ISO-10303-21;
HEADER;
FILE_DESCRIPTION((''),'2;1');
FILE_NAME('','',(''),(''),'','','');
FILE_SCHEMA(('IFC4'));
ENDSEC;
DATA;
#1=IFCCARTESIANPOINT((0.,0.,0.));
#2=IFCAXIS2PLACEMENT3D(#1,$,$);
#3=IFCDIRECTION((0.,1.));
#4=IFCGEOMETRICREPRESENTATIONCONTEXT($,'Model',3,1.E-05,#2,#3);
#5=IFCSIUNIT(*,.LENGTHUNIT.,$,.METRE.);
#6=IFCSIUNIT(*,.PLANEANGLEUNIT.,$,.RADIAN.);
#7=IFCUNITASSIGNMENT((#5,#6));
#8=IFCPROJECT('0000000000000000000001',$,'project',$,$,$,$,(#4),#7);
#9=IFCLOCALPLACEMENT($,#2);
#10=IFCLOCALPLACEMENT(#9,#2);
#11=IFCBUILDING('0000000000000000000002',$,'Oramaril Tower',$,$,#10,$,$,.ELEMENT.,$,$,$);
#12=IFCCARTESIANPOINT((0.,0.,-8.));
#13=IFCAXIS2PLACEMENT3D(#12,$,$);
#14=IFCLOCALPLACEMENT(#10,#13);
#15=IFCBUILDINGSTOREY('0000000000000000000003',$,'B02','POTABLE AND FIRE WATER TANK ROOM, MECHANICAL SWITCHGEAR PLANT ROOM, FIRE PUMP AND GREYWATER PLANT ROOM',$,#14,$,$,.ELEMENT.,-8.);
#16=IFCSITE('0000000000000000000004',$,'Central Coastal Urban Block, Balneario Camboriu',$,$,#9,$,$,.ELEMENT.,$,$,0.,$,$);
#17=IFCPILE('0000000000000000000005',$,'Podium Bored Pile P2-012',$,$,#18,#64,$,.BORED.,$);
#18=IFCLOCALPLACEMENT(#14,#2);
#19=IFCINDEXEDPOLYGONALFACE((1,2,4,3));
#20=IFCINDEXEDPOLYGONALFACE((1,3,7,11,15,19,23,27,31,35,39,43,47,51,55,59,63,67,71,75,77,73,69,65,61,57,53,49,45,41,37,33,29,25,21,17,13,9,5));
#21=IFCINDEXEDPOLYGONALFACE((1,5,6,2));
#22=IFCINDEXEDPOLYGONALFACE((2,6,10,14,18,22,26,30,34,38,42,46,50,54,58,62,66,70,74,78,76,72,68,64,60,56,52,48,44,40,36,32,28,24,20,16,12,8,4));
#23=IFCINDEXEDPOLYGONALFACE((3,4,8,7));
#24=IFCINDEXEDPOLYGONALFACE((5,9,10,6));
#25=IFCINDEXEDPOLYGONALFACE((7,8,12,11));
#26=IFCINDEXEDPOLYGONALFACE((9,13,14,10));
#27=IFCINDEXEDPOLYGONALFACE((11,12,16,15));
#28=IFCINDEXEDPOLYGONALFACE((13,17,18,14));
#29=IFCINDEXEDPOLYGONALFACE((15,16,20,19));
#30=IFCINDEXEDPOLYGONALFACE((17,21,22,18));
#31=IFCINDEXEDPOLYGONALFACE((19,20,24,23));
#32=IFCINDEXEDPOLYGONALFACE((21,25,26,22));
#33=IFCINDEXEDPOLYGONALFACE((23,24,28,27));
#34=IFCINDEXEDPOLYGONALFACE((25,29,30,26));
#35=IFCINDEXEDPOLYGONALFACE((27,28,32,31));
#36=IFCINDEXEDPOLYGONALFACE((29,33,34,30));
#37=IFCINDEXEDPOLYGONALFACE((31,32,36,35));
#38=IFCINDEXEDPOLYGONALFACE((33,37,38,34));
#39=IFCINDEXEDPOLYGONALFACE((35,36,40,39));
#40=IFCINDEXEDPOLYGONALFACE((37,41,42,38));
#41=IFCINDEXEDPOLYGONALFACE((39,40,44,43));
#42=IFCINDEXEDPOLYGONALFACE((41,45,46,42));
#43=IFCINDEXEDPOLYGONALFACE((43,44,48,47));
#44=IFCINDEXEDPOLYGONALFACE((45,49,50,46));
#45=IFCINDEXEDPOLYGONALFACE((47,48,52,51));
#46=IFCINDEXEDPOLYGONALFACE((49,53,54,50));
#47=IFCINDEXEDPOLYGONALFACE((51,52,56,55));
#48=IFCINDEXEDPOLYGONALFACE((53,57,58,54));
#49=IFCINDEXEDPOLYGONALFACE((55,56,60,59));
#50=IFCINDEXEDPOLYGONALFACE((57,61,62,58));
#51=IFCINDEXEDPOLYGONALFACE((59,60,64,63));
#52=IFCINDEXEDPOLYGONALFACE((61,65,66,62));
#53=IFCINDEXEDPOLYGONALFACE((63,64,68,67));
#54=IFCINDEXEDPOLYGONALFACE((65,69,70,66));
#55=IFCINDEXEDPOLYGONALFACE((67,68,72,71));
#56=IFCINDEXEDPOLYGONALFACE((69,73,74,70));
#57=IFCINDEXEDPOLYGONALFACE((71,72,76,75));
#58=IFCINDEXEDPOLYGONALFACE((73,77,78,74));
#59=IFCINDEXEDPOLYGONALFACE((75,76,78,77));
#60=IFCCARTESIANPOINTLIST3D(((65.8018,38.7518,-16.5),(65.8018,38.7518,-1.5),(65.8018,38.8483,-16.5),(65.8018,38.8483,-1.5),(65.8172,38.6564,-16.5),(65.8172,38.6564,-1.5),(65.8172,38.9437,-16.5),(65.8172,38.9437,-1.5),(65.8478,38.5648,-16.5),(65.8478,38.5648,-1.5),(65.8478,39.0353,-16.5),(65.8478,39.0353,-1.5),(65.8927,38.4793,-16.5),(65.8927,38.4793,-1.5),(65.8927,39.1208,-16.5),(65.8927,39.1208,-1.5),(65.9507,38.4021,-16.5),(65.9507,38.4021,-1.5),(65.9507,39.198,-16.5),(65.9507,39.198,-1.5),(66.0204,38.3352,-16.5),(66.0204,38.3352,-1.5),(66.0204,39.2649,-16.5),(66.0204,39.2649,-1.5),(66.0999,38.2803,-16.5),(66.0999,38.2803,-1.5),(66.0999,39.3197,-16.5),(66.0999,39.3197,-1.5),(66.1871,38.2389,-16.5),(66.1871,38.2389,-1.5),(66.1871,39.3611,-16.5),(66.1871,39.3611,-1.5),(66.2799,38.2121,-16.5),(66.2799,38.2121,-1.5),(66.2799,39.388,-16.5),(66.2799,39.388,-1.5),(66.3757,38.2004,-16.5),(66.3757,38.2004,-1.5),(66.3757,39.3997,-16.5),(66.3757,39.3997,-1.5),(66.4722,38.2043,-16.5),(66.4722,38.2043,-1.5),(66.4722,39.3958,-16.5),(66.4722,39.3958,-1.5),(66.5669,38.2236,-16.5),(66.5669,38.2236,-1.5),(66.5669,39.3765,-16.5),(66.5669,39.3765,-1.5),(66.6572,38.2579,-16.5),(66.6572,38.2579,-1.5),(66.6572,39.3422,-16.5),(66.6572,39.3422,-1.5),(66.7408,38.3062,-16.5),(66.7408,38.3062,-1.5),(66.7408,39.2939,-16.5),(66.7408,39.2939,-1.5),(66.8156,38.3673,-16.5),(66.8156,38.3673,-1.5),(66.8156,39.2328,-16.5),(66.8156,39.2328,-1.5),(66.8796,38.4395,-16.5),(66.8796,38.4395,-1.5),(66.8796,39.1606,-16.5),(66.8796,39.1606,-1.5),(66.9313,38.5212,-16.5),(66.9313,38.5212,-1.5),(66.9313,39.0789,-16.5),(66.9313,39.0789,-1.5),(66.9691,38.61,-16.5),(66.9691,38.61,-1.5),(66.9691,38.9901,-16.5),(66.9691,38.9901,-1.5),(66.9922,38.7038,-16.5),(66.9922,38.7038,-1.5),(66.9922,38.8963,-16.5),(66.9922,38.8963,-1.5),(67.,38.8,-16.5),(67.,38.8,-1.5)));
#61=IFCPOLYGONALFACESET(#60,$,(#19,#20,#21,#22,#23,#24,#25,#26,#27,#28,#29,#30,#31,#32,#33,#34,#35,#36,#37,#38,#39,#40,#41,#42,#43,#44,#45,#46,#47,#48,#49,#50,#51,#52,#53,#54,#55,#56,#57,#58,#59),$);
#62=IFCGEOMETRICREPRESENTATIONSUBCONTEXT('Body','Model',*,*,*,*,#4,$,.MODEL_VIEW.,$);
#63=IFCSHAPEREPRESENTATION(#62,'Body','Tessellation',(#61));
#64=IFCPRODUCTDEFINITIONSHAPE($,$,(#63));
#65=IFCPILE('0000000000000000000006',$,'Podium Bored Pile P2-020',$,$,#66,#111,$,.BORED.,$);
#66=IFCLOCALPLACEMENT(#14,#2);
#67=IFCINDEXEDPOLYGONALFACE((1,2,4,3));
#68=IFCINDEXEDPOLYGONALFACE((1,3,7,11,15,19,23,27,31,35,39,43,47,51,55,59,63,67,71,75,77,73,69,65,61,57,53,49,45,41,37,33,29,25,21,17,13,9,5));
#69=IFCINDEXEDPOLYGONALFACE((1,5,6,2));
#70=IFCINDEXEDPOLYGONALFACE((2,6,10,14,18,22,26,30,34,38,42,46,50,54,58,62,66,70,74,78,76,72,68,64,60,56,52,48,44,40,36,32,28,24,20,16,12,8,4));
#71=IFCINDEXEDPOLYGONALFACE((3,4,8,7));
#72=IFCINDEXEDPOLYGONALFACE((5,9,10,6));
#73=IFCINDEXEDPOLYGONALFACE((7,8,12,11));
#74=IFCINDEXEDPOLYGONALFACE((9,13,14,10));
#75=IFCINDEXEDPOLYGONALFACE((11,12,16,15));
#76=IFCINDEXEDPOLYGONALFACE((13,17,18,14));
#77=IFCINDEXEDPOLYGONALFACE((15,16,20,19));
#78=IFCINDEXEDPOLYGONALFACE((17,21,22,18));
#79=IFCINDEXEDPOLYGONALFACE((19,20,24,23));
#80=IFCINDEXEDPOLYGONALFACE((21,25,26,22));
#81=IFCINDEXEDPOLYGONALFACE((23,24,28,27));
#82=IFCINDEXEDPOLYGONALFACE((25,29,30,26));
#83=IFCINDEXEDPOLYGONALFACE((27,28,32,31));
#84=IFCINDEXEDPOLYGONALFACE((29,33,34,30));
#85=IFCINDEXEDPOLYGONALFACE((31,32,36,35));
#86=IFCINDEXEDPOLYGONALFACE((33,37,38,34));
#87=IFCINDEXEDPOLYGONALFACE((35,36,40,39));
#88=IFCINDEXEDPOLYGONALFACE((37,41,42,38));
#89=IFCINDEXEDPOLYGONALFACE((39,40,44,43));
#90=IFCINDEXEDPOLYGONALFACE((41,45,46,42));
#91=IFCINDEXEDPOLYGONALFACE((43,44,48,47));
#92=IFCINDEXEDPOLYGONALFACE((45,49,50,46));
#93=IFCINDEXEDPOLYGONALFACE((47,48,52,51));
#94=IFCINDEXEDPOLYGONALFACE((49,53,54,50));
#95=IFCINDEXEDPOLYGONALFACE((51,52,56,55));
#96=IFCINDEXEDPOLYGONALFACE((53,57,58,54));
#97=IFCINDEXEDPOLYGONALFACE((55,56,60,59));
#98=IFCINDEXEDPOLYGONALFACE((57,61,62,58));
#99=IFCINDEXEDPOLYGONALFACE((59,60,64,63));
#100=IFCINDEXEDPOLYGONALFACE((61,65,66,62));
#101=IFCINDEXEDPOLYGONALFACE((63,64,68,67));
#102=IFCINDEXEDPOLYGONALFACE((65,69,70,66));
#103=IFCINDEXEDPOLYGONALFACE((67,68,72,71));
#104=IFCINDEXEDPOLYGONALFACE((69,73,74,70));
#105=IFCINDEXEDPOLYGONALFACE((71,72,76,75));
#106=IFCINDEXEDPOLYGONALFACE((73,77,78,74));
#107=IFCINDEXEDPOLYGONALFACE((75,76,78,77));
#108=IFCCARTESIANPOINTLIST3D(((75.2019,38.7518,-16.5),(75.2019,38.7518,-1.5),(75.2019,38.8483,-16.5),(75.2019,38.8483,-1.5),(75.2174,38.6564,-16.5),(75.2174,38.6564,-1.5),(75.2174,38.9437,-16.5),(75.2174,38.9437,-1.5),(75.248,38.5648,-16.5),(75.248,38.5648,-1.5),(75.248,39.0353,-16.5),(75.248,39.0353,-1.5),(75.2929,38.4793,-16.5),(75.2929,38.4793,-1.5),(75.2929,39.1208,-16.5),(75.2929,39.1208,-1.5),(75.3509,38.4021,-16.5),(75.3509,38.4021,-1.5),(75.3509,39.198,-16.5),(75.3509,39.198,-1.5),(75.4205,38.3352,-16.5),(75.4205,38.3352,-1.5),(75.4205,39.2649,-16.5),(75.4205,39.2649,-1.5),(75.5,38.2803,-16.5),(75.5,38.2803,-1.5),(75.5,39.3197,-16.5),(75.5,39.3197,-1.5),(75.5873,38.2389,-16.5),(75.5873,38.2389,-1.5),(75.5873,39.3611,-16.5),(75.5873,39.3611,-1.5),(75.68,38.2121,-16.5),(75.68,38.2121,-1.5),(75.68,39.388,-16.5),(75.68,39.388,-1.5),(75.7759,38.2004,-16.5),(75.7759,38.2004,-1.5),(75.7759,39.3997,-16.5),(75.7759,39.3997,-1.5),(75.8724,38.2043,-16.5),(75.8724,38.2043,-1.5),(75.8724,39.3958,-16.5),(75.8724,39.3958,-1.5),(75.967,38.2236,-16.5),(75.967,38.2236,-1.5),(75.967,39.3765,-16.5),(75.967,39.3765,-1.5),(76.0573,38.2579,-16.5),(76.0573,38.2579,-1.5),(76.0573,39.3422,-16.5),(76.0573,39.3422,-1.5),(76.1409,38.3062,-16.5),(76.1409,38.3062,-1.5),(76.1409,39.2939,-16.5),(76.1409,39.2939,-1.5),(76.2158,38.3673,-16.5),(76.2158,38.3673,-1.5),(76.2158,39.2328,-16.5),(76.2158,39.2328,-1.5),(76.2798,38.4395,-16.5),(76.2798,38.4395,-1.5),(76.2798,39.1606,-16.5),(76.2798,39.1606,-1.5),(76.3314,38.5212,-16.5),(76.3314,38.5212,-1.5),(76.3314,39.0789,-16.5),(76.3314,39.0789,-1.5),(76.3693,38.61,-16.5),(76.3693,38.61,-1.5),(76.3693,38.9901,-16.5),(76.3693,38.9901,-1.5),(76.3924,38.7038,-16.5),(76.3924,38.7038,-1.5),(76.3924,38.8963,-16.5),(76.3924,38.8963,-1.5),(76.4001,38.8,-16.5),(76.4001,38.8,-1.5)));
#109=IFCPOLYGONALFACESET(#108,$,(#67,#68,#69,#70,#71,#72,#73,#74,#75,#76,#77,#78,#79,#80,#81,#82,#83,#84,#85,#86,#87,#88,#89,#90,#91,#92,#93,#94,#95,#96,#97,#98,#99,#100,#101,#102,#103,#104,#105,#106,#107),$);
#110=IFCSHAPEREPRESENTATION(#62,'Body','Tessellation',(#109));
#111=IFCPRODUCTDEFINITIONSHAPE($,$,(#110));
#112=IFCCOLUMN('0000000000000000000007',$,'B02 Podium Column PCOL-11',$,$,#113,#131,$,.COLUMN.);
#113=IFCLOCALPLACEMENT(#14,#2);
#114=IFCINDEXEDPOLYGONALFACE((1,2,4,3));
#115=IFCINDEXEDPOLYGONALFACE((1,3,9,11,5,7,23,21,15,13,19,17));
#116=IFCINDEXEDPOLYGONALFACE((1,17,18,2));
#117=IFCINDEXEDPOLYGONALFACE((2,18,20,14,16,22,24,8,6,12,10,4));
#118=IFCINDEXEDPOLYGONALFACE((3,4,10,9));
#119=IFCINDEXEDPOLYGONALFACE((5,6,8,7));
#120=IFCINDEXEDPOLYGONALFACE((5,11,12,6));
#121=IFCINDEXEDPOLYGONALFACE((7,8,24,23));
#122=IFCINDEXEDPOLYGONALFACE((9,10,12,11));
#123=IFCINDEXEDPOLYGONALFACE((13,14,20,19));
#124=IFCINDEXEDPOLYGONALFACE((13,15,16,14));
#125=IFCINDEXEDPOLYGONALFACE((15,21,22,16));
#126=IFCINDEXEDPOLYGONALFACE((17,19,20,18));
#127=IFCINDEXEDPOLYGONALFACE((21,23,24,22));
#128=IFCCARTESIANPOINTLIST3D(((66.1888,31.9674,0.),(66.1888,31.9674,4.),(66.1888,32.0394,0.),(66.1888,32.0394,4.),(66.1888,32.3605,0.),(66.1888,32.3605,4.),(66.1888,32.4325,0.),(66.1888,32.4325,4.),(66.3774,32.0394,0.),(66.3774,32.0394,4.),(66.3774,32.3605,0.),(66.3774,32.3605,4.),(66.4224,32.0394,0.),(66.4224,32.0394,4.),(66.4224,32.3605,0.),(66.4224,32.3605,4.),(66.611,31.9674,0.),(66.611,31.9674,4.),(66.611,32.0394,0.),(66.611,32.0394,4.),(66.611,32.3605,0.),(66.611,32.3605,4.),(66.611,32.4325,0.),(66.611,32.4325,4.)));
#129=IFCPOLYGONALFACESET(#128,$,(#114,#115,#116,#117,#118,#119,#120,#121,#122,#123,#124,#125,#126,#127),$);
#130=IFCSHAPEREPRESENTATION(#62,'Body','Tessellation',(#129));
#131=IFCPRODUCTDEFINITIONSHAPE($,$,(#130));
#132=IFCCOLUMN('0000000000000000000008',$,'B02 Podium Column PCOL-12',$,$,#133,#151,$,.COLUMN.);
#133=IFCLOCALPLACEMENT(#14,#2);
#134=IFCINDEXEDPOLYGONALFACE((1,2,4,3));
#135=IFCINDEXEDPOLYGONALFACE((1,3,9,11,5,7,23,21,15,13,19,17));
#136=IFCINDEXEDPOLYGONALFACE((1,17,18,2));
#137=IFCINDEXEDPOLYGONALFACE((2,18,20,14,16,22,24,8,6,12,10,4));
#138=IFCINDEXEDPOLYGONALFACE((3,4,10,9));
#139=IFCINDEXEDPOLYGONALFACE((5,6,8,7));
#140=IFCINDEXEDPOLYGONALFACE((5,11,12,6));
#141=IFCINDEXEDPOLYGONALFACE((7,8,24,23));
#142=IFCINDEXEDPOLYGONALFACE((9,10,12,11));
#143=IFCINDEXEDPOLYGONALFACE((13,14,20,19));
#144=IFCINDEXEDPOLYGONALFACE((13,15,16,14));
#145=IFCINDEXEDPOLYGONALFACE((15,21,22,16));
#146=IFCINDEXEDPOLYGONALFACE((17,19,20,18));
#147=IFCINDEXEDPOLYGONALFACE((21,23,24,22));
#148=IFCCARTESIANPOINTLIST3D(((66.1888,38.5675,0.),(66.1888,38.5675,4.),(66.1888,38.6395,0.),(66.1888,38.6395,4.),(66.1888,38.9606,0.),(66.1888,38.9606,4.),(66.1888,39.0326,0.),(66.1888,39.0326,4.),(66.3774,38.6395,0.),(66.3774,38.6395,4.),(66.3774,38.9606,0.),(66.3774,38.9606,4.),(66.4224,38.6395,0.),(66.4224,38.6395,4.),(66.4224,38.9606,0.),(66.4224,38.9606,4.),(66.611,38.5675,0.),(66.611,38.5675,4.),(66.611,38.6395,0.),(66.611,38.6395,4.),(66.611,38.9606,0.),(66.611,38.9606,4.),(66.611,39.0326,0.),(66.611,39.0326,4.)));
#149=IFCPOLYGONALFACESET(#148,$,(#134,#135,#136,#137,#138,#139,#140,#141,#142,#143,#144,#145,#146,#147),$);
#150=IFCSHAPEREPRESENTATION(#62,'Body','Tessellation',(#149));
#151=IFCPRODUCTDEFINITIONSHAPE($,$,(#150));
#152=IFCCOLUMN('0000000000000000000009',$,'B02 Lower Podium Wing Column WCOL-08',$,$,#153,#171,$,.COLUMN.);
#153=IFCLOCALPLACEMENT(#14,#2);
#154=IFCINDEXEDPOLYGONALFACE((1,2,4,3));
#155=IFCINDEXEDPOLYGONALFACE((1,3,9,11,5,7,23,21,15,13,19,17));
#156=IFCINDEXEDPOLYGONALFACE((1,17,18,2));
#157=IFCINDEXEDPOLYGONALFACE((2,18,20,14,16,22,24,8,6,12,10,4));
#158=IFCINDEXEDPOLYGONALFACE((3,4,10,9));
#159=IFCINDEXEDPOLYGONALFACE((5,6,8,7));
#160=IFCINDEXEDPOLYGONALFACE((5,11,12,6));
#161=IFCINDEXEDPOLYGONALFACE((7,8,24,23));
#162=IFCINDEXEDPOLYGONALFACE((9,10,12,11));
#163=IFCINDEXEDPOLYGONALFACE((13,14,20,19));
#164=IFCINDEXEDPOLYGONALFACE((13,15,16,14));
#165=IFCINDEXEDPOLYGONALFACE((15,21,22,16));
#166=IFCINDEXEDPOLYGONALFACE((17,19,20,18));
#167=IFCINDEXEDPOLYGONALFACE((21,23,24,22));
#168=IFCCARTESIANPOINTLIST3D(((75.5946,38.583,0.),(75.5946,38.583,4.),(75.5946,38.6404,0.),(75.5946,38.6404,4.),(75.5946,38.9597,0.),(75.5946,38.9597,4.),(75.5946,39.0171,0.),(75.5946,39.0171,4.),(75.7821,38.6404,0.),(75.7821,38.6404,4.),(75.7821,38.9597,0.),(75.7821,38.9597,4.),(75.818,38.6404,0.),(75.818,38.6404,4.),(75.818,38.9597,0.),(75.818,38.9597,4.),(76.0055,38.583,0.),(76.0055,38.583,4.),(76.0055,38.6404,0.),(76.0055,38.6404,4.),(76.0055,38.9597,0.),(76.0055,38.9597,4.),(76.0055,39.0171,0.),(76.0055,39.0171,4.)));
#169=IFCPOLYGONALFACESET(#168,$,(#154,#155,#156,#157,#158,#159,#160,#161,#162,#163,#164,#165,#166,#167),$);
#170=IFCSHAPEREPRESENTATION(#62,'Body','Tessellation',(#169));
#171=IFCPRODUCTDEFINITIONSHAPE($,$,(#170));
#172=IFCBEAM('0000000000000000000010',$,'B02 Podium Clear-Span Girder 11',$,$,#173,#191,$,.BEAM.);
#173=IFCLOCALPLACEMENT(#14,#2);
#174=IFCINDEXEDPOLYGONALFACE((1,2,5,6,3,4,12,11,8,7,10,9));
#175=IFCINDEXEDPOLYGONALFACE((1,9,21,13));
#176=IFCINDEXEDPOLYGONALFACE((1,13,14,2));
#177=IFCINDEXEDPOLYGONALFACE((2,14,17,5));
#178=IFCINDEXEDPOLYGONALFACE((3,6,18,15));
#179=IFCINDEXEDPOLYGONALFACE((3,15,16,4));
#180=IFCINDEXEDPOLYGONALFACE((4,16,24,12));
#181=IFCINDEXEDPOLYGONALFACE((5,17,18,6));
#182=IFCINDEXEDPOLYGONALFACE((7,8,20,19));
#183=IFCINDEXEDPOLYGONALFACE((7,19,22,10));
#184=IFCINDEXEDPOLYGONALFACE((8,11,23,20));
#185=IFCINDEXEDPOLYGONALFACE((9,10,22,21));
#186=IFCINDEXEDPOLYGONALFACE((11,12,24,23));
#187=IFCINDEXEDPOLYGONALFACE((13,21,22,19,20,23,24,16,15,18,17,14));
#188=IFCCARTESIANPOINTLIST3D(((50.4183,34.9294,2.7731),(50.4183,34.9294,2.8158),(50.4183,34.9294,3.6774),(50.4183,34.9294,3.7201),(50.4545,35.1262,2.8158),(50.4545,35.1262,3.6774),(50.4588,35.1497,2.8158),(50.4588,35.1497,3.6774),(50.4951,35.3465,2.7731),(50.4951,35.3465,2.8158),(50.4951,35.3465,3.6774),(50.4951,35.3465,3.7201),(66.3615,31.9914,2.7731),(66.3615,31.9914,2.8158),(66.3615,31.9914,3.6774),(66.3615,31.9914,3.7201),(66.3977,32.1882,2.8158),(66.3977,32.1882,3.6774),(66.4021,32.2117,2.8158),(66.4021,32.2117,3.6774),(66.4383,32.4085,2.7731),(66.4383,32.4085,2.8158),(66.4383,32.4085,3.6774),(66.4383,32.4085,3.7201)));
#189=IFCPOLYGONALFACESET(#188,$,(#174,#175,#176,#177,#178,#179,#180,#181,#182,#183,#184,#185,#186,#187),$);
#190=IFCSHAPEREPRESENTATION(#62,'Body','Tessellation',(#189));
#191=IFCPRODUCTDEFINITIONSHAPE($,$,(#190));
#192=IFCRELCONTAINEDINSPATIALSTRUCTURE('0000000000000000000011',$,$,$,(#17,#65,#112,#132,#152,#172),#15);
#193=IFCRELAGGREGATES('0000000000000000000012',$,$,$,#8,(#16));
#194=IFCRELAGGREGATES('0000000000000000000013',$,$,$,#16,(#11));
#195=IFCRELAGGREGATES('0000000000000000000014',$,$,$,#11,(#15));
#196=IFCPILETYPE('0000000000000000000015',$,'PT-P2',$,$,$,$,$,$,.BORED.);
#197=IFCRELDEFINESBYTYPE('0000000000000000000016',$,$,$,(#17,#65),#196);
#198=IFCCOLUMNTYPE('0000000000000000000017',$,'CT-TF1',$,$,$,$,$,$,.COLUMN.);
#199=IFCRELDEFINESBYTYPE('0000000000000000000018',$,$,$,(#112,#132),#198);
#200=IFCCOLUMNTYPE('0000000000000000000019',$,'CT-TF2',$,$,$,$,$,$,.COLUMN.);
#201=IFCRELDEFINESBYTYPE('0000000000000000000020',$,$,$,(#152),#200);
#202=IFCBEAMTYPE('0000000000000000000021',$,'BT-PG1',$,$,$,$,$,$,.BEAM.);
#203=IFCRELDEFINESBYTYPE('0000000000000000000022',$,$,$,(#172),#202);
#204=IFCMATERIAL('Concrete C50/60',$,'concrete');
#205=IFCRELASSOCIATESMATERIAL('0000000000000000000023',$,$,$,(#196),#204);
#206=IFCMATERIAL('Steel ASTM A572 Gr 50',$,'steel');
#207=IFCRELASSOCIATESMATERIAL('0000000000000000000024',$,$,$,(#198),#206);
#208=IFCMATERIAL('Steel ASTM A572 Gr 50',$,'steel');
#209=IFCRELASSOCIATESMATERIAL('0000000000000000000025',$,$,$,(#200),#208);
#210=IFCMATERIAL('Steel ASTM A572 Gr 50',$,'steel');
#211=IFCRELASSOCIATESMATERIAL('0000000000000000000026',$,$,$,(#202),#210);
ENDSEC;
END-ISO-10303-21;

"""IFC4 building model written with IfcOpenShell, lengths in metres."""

from ifc_helpers import new_model, si_unit, direction, frame, origin, origin_2d, place, context, subcontext, project, spatial, circle, i_section, extrude, material, material_profile, profile_set, type_object, element, save


model = new_model("IFC4")

# Units and contexts
model_context = context("Model", 3, precision=1e-05, world=origin(), true_north=direction((0.0, 1.0)))
body_context = subcontext(model_context, "Body", "Model", "MODEL_VIEW")
ifc_project = project(units=[si_unit("LENGTHUNIT", "METRE"), si_unit("PLANEANGLEUNIT", "RADIAN")], contexts=[model_context])

# Site, building, storey
site_placement = place(None, origin())
site = spatial("IfcSite", under=ifc_project, at=site_placement, Name="Central Coastal Urban Block, Balneario Camboriu", CompositionType="ELEMENT", RefElevation=0.0)
building_placement = place(site_placement, origin())
building = spatial("IfcBuilding", under=site, at=building_placement, Name="Oramaril Tower", CompositionType="ELEMENT")
storey_placement = place(building_placement, frame((0.0, 0.0, -8.0)))
storey = spatial("IfcBuildingStorey", under=building, at=storey_placement, Name="B02", Description="POTABLE AND FIRE WATER TANK ROOM, MECHANICAL SWITCHGEAR PLANT ROOM, FIRE PUMP AND GREYWATER PLANT ROOM", CompositionType="ELEMENT", Elevation=-8.0)

# Piles
ifc_material_1 = material(Name="Concrete C50/60", Category="concrete")
ifc_material_profile_1 = material_profile(ifc_material_1, circle(Radius=0.6001, at=origin_2d()), Name="D1200")
ifc_profile_set_1 = profile_set([ifc_material_profile_1], Name="Concrete C50/60")
pile_type_1 = type_object("IfcPileType", Name="PT-P2", PredefinedType="BORED", material=ifc_profile_set_1)
for number, where, z_axis, x_axis, name in (
    (1, (66.3999, 38.8, -1.5), (0.0, 0.0, -1.0), (1.0, 0.0, 0.0), "Podium Bored Pile P2-012"),
    (2, (75.8, 38.8, -1.5), (0.0, 0.0, -1.0), (1.0, 0.0, 0.0), "Podium Bored Pile P2-020"),
):
    element("IfcPile", number, at=place(storey_placement, frame(where, z_axis=z_axis, x_axis=x_axis)), inside=storey, type_object=pile_type_1, Name=name, PredefinedType="BORED", context=body_context, shape_type="SweptSolid", body=[
        extrude(circle(Radius=0.6001, at=origin_2d()), origin(), (0.0, 0.0, 1.0), 15.0),
    ])

# Columns
ifc_material_2 = material(Name="Steel ASTM A572 Gr 50", Category="steel")
ifc_material_profile_2 = material_profile(ifc_material_2, i_section(OverallWidth=0.4221, OverallDepth=0.4651, WebThickness=0.0449, FlangeThickness=0.072, at=origin_2d()), Name="W14X398")
ifc_profile_set_2 = profile_set([ifc_material_profile_2], Name="Steel ASTM A572 Gr 50")
column_type_1 = type_object("IfcColumnType", Name="CT-TF1", PredefinedType="COLUMN", material=ifc_profile_set_2)
for number, where, z_axis, x_axis, name in (
    (3, (66.3999, 32.2, 0.0), (0.0, 0.0, 1.0), (1.0, 0.0, 0.0), "B02 Podium Column PCOL-11"),
    (4, (66.3999, 38.8, 0.0), (0.0, 0.0, 1.0), (1.0, 0.0, 0.0), "B02 Podium Column PCOL-12"),
):
    element("IfcColumn", number, at=place(storey_placement, frame(where, z_axis=z_axis, x_axis=x_axis)), inside=storey, type_object=column_type_1, Name=name, PredefinedType="COLUMN", context=body_context, shape_type="SweptSolid", body=[
        extrude(i_section(OverallWidth=0.4221, OverallDepth=0.4651, WebThickness=0.0449, FlangeThickness=0.072, at=origin_2d()), origin(), (0.0, 0.0, 1.0), 4.0),
    ])
ifc_material_3 = material(Name="Steel ASTM A572 Gr 50", Category="steel")
ifc_material_profile_3 = material_profile(ifc_material_3, i_section(OverallWidth=0.4109, OverallDepth=0.4341, WebThickness=0.0359, FlangeThickness=0.0574, at=origin_2d()), Name="W14X311")
ifc_profile_set_3 = profile_set([ifc_material_profile_3], Name="Steel ASTM A572 Gr 50")
column_type_2 = type_object("IfcColumnType", Name="CT-TF2", PredefinedType="COLUMN", material=ifc_profile_set_3)
column_placement = place(storey_placement, frame((75.8, 38.8, 0.0), z_axis=(0.0, 0.0, 1.0), x_axis=(1.0, 0.0, 0.0)))
element("IfcColumn", 5, at=column_placement, inside=storey, type_object=column_type_2, Name="B02 Lower Podium Wing Column WCOL-08", PredefinedType="COLUMN", context=body_context, shape_type="SweptSolid", body=[
    extrude(i_section(OverallWidth=0.4109, OverallDepth=0.4341, WebThickness=0.0359, FlangeThickness=0.0574, at=origin_2d()), origin(), (0.0, 0.0, 1.0), 4.0),
])

# Beam
ifc_material_4 = material(Name="Steel ASTM A572 Gr 50", Category="steel")
ifc_material_profile_4 = material_profile(ifc_material_4, i_section(OverallWidth=0.4241, OverallDepth=0.947, WebThickness=0.0239, FlangeThickness=0.0427, at=origin_2d()), Name="W36X302")
ifc_profile_set_4 = profile_set([ifc_material_profile_4], Name="Steel ASTM A572 Gr 50")
beam_type_1 = type_object("IfcBeamType", Name="BT-PG1", PredefinedType="BEAM", material=ifc_profile_set_4)
beam_1_placement = place(storey_placement, frame((66.3999, 32.2, 3.2466), z_axis=(-0.983441, 0.181228, 0.0), x_axis=(-0.181228, -0.983441, 0.0)))
element("IfcBeam", 6, at=beam_1_placement, inside=storey, type_object=beam_type_1, Name="B02 Podium Clear-Span Girder 11", PredefinedType="BEAM", context=body_context, shape_type="SweptSolid", body=[
    extrude(i_section(OverallWidth=0.4241, OverallDepth=0.947, WebThickness=0.0239, FlangeThickness=0.0427, at=origin_2d()), origin(), (0.0, 0.0, 1.0), 16.2117),
])

save(model, "model.ifc")
